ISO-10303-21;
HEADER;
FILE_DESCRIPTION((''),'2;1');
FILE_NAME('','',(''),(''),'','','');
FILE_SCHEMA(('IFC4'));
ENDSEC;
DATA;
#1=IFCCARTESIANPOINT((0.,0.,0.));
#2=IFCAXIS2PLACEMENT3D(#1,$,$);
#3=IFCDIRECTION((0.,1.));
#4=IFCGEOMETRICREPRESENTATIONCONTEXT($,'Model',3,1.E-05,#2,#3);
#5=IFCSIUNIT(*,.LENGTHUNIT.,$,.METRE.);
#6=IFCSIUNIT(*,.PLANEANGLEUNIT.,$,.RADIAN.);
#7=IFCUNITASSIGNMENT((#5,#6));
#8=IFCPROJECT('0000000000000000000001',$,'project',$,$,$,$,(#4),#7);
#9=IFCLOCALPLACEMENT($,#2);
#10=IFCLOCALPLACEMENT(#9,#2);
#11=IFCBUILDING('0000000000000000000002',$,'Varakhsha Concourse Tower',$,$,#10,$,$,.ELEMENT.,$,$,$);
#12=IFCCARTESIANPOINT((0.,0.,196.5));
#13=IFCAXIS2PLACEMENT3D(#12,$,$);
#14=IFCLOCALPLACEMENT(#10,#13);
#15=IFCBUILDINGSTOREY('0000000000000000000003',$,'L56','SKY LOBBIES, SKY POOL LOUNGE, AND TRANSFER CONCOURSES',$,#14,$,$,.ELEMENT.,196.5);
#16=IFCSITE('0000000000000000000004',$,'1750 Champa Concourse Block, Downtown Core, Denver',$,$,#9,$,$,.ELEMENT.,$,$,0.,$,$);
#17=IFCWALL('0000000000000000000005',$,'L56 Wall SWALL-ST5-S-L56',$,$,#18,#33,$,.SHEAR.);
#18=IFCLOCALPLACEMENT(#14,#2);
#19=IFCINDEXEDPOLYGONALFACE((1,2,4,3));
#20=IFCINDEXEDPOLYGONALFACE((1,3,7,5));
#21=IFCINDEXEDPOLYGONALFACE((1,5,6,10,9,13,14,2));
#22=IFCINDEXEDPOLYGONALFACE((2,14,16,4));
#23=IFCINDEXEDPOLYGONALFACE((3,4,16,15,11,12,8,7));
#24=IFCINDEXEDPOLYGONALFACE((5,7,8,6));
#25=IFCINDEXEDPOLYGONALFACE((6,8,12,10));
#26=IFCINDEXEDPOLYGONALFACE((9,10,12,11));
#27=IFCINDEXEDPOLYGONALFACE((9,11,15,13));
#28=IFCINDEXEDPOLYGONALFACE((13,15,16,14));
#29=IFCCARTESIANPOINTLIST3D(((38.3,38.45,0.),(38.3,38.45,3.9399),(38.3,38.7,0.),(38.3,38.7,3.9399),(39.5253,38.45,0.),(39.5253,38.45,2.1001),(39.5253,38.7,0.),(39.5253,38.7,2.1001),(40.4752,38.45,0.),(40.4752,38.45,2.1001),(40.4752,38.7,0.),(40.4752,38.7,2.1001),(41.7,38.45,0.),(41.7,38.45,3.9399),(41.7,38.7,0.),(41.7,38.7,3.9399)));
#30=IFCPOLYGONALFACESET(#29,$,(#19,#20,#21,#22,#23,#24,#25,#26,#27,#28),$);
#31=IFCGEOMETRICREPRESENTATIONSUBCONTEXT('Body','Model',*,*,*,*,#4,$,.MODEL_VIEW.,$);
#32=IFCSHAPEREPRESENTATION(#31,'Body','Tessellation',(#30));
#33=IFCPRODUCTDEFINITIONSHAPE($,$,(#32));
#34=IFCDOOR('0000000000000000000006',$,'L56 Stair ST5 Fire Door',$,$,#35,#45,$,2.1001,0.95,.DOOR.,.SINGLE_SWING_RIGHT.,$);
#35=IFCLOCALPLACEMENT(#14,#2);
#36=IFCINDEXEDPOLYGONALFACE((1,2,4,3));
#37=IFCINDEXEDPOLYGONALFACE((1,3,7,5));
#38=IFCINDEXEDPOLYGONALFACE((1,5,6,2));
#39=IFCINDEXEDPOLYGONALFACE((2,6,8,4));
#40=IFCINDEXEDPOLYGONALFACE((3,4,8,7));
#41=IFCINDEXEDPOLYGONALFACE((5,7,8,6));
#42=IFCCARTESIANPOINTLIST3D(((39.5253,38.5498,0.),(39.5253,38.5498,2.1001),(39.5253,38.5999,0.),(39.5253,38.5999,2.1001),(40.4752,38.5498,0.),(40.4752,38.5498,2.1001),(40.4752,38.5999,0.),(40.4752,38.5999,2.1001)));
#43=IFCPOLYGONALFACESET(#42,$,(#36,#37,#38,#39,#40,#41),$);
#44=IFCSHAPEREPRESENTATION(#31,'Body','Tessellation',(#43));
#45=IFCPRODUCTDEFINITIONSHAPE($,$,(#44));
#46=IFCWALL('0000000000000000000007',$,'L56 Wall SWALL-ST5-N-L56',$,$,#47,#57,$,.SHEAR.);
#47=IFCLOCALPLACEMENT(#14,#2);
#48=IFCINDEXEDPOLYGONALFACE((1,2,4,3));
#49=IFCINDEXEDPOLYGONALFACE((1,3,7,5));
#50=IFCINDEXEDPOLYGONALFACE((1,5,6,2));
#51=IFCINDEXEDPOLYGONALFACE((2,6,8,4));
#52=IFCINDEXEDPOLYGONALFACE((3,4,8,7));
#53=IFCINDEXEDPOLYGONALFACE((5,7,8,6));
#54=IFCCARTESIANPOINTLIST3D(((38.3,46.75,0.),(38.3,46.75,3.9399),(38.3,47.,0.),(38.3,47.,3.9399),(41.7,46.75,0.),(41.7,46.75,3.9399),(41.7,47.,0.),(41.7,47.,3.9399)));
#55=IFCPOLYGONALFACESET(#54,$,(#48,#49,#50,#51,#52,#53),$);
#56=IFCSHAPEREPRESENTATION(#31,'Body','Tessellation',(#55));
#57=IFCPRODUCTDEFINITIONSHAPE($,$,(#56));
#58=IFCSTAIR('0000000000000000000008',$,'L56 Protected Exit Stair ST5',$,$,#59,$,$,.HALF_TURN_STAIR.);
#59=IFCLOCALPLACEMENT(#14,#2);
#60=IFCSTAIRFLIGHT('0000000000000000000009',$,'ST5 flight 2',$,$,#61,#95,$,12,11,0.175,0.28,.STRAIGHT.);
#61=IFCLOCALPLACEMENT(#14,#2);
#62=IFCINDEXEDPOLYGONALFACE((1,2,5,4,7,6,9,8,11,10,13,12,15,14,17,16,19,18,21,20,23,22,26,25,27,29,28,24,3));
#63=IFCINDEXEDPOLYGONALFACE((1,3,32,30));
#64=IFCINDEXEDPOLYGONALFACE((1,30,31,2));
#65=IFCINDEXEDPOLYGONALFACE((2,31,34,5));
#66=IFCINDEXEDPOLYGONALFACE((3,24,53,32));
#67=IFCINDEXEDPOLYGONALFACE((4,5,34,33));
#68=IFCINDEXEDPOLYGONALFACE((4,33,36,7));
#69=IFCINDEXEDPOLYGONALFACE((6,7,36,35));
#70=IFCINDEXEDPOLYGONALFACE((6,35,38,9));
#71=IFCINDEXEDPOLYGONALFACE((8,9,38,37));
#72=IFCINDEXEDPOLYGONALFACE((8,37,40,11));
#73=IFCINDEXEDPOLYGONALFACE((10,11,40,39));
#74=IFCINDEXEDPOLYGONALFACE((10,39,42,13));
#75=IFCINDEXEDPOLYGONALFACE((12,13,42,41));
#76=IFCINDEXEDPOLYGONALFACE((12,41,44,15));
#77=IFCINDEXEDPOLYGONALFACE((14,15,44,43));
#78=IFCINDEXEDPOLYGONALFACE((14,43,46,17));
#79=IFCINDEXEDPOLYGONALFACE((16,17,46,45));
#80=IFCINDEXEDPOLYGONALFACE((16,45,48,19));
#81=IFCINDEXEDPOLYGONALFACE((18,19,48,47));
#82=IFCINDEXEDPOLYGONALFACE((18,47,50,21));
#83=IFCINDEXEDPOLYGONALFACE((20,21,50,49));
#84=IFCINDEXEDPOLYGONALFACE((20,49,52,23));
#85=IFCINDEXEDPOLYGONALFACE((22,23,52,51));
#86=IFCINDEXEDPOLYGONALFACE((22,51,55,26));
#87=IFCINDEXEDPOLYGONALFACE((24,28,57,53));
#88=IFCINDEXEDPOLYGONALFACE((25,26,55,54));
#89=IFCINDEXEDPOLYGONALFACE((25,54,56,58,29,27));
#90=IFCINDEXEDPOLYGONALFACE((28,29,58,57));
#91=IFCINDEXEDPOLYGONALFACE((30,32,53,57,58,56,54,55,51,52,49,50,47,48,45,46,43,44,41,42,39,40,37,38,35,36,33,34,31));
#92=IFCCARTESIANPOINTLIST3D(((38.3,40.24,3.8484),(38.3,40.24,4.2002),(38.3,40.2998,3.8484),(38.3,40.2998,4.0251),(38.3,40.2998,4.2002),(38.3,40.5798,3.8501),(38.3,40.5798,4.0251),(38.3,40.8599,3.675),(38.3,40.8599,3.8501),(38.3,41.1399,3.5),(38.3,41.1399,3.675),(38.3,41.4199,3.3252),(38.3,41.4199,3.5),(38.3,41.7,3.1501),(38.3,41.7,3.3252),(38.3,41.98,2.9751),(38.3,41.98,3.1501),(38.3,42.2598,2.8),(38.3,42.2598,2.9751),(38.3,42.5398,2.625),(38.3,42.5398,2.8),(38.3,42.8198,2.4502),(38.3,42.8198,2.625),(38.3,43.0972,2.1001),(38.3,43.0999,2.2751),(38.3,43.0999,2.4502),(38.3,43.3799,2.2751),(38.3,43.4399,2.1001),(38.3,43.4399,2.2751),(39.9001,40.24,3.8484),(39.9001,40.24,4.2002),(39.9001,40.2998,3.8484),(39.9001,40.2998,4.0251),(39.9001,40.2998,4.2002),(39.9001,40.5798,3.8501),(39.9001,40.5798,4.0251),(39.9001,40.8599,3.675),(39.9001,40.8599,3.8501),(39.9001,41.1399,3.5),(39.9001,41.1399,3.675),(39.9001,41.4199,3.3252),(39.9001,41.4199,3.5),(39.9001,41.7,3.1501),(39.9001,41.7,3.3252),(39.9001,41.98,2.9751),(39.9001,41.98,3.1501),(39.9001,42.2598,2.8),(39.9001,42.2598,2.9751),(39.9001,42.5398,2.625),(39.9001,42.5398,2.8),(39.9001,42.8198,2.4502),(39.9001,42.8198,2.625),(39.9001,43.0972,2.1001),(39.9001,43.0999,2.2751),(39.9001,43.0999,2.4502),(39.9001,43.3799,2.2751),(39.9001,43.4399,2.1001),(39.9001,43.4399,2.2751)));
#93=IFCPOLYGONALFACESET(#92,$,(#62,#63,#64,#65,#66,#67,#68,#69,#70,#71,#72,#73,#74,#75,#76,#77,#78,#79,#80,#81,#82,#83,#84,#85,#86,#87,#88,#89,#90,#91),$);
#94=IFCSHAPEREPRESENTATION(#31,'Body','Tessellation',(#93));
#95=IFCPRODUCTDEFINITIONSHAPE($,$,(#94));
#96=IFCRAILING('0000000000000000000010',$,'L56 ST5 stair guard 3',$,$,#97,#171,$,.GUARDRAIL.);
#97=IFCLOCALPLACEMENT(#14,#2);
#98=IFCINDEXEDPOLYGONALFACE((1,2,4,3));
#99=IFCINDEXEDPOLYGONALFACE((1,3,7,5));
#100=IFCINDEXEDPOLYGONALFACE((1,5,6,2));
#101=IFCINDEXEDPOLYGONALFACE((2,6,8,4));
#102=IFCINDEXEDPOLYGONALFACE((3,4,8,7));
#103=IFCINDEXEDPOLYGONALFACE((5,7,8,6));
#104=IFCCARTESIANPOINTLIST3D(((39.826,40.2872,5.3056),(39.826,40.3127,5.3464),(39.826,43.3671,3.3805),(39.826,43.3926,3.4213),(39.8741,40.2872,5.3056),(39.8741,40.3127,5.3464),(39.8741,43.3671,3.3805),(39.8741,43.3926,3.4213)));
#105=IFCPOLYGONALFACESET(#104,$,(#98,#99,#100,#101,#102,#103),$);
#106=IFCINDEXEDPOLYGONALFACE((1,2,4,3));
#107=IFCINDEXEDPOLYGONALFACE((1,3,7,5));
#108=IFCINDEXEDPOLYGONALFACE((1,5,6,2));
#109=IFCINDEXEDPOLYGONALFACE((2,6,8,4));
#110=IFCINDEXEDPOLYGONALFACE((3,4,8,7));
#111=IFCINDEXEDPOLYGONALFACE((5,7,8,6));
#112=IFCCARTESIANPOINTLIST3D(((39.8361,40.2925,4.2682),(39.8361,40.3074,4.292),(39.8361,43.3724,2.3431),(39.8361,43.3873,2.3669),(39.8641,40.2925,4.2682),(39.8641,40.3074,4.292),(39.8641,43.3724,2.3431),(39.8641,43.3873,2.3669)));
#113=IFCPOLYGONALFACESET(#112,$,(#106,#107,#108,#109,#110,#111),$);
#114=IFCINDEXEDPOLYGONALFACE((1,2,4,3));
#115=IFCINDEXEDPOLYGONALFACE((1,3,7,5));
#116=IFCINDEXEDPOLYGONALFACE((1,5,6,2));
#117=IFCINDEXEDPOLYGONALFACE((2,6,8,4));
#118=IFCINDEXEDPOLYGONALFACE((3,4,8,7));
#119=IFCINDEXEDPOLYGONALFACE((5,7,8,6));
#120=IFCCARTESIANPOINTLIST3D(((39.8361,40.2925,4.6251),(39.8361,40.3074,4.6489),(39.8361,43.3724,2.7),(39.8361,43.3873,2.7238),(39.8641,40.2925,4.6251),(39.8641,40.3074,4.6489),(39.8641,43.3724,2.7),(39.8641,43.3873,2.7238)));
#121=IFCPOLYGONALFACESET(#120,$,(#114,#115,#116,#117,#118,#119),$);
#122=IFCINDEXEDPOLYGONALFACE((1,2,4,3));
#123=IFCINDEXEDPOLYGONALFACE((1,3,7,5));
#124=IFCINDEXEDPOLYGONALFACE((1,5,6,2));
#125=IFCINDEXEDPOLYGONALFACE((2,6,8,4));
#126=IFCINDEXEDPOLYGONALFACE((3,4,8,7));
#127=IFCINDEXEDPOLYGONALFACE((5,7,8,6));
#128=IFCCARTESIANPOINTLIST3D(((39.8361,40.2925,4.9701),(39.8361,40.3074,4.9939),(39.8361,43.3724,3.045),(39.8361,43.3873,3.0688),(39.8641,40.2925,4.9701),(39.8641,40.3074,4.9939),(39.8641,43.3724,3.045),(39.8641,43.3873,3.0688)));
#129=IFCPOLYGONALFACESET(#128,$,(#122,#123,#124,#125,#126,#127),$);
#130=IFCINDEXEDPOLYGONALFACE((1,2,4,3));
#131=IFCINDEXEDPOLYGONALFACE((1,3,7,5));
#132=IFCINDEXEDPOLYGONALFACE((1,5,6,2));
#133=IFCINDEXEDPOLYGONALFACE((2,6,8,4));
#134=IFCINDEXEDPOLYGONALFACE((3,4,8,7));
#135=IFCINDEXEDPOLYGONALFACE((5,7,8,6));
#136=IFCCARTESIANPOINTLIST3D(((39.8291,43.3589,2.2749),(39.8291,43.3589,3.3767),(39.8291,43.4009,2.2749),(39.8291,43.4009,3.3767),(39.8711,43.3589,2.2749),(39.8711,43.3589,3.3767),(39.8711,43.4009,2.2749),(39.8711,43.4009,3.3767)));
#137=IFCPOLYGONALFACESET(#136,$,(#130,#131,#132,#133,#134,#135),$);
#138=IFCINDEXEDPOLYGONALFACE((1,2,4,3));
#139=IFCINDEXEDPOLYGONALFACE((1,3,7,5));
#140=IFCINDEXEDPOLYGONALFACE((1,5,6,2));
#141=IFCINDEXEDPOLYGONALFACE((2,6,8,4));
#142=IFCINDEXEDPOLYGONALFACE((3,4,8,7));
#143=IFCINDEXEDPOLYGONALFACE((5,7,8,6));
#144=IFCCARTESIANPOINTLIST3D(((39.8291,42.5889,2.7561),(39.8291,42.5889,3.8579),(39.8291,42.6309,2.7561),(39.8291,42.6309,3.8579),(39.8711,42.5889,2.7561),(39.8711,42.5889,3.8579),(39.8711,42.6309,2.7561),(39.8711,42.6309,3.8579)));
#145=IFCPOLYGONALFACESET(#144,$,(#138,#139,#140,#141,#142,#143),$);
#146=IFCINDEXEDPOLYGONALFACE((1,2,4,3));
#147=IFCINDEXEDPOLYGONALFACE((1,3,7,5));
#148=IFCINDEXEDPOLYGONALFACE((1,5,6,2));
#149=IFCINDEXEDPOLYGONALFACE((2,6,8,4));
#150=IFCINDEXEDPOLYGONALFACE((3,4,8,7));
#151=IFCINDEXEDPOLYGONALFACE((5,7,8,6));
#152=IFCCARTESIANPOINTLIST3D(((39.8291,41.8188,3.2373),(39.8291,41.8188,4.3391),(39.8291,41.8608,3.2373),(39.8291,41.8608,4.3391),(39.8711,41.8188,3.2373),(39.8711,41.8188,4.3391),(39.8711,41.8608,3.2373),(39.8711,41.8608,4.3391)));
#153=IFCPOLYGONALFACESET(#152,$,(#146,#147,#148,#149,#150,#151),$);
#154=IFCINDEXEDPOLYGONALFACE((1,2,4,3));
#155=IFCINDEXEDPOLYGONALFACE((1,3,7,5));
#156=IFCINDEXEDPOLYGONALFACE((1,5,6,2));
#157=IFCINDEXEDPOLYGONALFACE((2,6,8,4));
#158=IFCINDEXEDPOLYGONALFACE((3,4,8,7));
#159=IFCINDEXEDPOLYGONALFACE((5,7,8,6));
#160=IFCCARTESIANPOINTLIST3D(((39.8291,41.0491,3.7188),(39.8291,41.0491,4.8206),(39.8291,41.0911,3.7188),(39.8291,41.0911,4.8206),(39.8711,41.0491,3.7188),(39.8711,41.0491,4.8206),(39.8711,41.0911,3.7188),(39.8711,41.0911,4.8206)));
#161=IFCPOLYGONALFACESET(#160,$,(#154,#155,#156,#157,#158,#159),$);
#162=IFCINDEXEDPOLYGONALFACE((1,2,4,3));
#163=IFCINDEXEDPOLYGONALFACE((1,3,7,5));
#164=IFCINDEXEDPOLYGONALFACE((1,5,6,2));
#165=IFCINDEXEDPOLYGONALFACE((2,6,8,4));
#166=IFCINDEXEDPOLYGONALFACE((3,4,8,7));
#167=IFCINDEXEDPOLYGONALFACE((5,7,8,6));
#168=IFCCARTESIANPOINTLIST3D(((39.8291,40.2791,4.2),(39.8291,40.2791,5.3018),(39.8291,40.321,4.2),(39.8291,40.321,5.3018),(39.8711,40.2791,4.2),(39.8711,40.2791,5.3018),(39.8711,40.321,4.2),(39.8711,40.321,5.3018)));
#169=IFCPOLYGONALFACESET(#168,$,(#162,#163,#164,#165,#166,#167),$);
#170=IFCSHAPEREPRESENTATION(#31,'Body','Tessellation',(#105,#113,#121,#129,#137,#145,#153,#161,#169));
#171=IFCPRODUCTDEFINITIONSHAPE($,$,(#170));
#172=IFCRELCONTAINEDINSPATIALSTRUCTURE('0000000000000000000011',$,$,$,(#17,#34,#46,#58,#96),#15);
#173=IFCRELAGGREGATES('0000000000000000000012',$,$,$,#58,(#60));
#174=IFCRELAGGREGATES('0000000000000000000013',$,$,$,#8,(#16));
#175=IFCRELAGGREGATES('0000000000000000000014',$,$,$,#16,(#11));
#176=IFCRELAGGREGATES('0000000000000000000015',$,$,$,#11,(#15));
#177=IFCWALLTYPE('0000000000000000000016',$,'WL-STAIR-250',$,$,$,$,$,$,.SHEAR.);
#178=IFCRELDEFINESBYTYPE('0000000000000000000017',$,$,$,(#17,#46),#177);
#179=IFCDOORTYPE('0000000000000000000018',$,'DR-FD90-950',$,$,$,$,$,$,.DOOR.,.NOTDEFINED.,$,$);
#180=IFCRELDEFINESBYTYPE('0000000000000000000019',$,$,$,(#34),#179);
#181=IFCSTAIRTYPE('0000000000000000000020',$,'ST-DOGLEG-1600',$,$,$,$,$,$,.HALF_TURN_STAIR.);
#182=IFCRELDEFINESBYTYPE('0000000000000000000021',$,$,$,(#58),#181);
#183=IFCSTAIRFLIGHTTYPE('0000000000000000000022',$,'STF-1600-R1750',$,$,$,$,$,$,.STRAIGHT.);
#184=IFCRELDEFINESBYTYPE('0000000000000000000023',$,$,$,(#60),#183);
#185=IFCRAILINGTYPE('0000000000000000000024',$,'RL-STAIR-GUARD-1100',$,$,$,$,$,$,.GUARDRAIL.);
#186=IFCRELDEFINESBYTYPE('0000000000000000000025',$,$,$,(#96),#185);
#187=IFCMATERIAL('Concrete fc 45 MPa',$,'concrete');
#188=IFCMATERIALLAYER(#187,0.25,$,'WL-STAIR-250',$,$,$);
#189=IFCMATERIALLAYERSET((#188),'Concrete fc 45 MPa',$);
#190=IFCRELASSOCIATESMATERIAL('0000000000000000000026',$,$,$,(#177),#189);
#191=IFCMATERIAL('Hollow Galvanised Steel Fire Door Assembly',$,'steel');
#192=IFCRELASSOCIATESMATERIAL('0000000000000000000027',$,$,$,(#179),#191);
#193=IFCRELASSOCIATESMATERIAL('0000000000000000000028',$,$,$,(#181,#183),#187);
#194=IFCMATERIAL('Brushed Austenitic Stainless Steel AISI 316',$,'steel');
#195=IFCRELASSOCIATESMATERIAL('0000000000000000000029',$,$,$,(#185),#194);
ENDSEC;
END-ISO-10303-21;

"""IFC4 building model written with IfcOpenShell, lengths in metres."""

from ifc_helpers import new_model, si_unit, direction, frame, frame_2d, origin, origin_2d, place, context, subcontext, project, spatial, polyline, rectangle, outline, extrude, material, layer, layer_set, type_object, element, fill, aggregate, save


model = new_model("IFC4")

# Units and contexts
model_context = context("Model", 3, precision=1e-05, world=origin(), true_north=direction((0.0, 1.0)))
body_context = subcontext(model_context, "Body", "Model", "MODEL_VIEW")
ifc_project = project(units=[si_unit("LENGTHUNIT", "METRE"), si_unit("PLANEANGLEUNIT", "RADIAN")], contexts=[model_context])

# Site, building, storey
site_placement = place(None, origin())
site = spatial("IfcSite", under=ifc_project, at=site_placement, Name="1750 Champa Concourse Block, Downtown Core, Denver", CompositionType="ELEMENT", RefElevation=0.0)
building_placement = place(site_placement, origin())
building = spatial("IfcBuilding", under=site, at=building_placement, Name="Varakhsha Concourse Tower", CompositionType="ELEMENT")
storey_placement = place(building_placement, frame((0.0, 0.0, 196.5)))
storey = spatial("IfcBuildingStorey", under=building, at=storey_placement, Name="L56", Description="SKY LOBBIES, SKY POOL LOUNGE, AND TRANSFER CONCOURSES", CompositionType="ELEMENT", Elevation=196.5)

# Shared definitions
ifc_material_1 = material(Name="Concrete fc 45 MPa", Category="concrete")
ifc_layer_1 = layer(ifc_material_1, 0.25, Name="WL-STAIR-250")
ifc_layer_set_1 = layer_set([ifc_layer_1], Name="Concrete fc 45 MPa")
wall_type_1 = type_object("IfcWallType", Name="WL-STAIR-250", PredefinedType="SHEAR", material=ifc_layer_set_1)

# Wall, opening, door
wall_1_placement = place(storey_placement, frame((38.3, 38.575, 0.0), z_axis=(0.0, 0.0, 1.0), x_axis=(1.0, 0.0, 0.0)))
wall_1 = element("IfcWall", 1, at=wall_1_placement, inside=storey, type_object=wall_type_1, Name="L56 Wall SWALL-ST5-S-L56", PredefinedType="SHEAR", context=body_context, shape_type="SweptSolid", body=[
    extrude(rectangle(XDim=3.3999, YDim=0.25, at=frame_2d((1.7, 0.0))), origin(), (0.0, 0.0, 1.0), 3.9399),
])
opening_placement = place(wall_1_placement, frame((1.2251, 0.0, 0.0)))
opening = element("IfcOpeningElement", 2, at=opening_placement, cuts=wall_1, PredefinedType="OPENING", context=body_context, shape_type="SweptSolid", body=[
    extrude(rectangle(XDim=0.95, YDim=2.1001, at=frame_2d((0.4751, 1.05))), frame((0.0, 0.135, 0.0), z_axis=(0.0, -1.0, 0.0), x_axis=(1.0, 0.0, 0.0)), (0.0, 0.0, 1.0), 0.27),
])
ifc_material_2 = material(Name="Hollow Galvanised Steel Fire Door Assembly", Category="steel")
door_type = type_object("IfcDoorType", Name="DR-FD90-950", OperationType="NOTDEFINED", PredefinedType="DOOR", material=ifc_material_2)
door_placement = place(opening_placement, origin())
door = element("IfcDoor", 3, at=door_placement, inside=storey, type_object=door_type, Name="L56 Stair ST5 Fire Door", OperationType="SINGLE_SWING_RIGHT", OverallHeight=2.1001, OverallWidth=0.95, PredefinedType="DOOR", context=body_context, shape_type="SweptSolid", body=[
    extrude(rectangle(XDim=0.95, YDim=2.1001, at=frame_2d((0.4751, 1.05))), frame((0.0, 0.0249, 0.0), z_axis=(0.0, -1.0, 0.0), x_axis=(1.0, 0.0, 0.0)), (0.0, 0.0, 1.0), 0.05),
])
fill(opening, door)

# Wall
wall_2_placement = place(storey_placement, frame((38.3, 46.875, 0.0), z_axis=(0.0, 0.0, 1.0), x_axis=(1.0, 0.0, 0.0)))
element("IfcWall", 4, at=wall_2_placement, inside=storey, type_object=wall_type_1, Name="L56 Wall SWALL-ST5-N-L56", PredefinedType="SHEAR", context=body_context, shape_type="SweptSolid", body=[
    extrude(rectangle(XDim=3.3999, YDim=0.25, at=frame_2d((1.7, 0.0))), origin(), (0.0, 0.0, 1.0), 3.9399),
])

# Stair, stair flight
stair_type = type_object("IfcStairType", Name="ST-DOGLEG-1600", PredefinedType="HALF_TURN_STAIR", material=ifc_material_1)
stair_placement = place(storey_placement, origin())
stair = element("IfcStair", 5, at=stair_placement, inside=storey, type_object=stair_type, Name="L56 Protected Exit Stair ST5", PredefinedType="HALF_TURN_STAIR")
stair_flight_type = type_object("IfcStairFlightType", Name="STF-1600-R1750", PredefinedType="STRAIGHT", material=ifc_material_1)
stair_flight_placement = place(storey_placement, frame((39.1001, 43.3799, 2.1001), z_axis=(0.0, 0.0, 1.0), x_axis=(0.0, -1.0, 0.0)))
stair_flight = element("IfcStairFlight", 6, at=stair_flight_placement, type_object=stair_flight_type, Name="ST5 flight 2", NumberOfRisers=12, NumberOfTreads=11, PredefinedType="STRAIGHT", RiserHeight=0.175, TreadLength=0.28, context=body_context, shape_type="SweptSolid", body=[
    extrude(outline(polyline([(-0.0601, 0.0), (-0.0601, 0.175), (0.0, 0.175), (0.28, 0.175), (0.28, 0.3501), (0.5601, 0.3501), (0.5601, 0.5249), (0.8401, 0.5249), (0.8401, 0.7), (1.1201, 0.7), (1.1201, 0.875), (1.3999, 0.875), (1.3999, 1.05), (1.6799, 1.05), (1.6799, 1.2251), (1.96, 1.2251), (1.96, 1.3999), (2.24, 1.3999), (2.24, 1.575), (2.52, 1.575), (2.52, 1.75), (2.8, 1.75), (2.8, 1.925), (3.0801, 1.925), (3.0801, 2.1001), (3.1399, 2.1001), (3.1399, 1.7483), (3.0801, 1.7483), (0.2827, 0.0), (-0.0601, 0.0)])), frame((0.0, 0.8, 0.0), z_axis=(0.0, -1.0, 0.0), x_axis=(1.0, 0.0, 0.0)), (0.0, 0.0, 1.0), 1.6001),
])
aggregate(stair, [stair_flight])

# Railing
ifc_material_3 = material(Name="Brushed Austenitic Stainless Steel AISI 316", Category="steel")
railing_type_1 = type_object("IfcRailingType", Name="RL-STAIR-GUARD-1100", PredefinedType="GUARDRAIL", material=ifc_material_3)
railing_1_placement = place(storey_placement, frame((39.8501, 43.3799, 2.2749)))
element("IfcRailing", 7, at=railing_1_placement, inside=storey, type_object=railing_type_1, Name="L56 ST5 stair guard 3", PredefinedType="GUARDRAIL", context=body_context, shape_type="SweptSolid", body=[
    extrude(rectangle(XDim=0.0481, YDim=0.0481, at=origin_2d()), frame((0.0, 0.0, 1.126), z_axis=(0.0, -0.847979, 0.530029), x_axis=(1.0, 0.0, 0.0)), (0.0, 0.0, 1.0), 3.6321),
    extrude(rectangle(XDim=0.0281, YDim=0.0281, at=origin_2d()), frame((0.0, 0.0, 0.0801), z_axis=(0.0, -0.847979, 0.530029), x_axis=(1.0, 0.0, 0.0)), (0.0, 0.0, 1.0), 3.6321),
    extrude(rectangle(XDim=0.0281, YDim=0.0281, at=origin_2d()), frame((0.0, 0.0, 0.437), z_axis=(0.0, -0.847979, 0.530029), x_axis=(1.0, 0.0, 0.0)), (0.0, 0.0, 1.0), 3.6321),
    extrude(rectangle(XDim=0.0281, YDim=0.0281, at=origin_2d()), frame((0.0, 0.0, 0.782), z_axis=(0.0, -0.847979, 0.530029), x_axis=(1.0, 0.0, 0.0)), (0.0, 0.0, 1.0), 3.6321),
    extrude(rectangle(XDim=0.042, YDim=0.042, at=origin_2d()), origin(), (0.0, 0.0, 1.0), 1.1018),
    extrude(rectangle(XDim=0.042, YDim=0.042, at=origin_2d()), frame((0.0, -0.77, 0.4812)), (0.0, 0.0, 1.0), 1.1018),
    extrude(rectangle(XDim=0.042, YDim=0.042, at=origin_2d()), frame((0.0, -1.54, 0.9624)), (0.0, 0.0, 1.0), 1.1018),
    extrude(rectangle(XDim=0.042, YDim=0.042, at=origin_2d()), frame((0.0, -2.3098, 1.4438)), (0.0, 0.0, 1.0), 1.1018),
    extrude(rectangle(XDim=0.042, YDim=0.042, at=origin_2d()), frame((0.0, -3.0798, 1.925)), (0.0, 0.0, 1.0), 1.1018),
])

save(model, "model.ifc")
